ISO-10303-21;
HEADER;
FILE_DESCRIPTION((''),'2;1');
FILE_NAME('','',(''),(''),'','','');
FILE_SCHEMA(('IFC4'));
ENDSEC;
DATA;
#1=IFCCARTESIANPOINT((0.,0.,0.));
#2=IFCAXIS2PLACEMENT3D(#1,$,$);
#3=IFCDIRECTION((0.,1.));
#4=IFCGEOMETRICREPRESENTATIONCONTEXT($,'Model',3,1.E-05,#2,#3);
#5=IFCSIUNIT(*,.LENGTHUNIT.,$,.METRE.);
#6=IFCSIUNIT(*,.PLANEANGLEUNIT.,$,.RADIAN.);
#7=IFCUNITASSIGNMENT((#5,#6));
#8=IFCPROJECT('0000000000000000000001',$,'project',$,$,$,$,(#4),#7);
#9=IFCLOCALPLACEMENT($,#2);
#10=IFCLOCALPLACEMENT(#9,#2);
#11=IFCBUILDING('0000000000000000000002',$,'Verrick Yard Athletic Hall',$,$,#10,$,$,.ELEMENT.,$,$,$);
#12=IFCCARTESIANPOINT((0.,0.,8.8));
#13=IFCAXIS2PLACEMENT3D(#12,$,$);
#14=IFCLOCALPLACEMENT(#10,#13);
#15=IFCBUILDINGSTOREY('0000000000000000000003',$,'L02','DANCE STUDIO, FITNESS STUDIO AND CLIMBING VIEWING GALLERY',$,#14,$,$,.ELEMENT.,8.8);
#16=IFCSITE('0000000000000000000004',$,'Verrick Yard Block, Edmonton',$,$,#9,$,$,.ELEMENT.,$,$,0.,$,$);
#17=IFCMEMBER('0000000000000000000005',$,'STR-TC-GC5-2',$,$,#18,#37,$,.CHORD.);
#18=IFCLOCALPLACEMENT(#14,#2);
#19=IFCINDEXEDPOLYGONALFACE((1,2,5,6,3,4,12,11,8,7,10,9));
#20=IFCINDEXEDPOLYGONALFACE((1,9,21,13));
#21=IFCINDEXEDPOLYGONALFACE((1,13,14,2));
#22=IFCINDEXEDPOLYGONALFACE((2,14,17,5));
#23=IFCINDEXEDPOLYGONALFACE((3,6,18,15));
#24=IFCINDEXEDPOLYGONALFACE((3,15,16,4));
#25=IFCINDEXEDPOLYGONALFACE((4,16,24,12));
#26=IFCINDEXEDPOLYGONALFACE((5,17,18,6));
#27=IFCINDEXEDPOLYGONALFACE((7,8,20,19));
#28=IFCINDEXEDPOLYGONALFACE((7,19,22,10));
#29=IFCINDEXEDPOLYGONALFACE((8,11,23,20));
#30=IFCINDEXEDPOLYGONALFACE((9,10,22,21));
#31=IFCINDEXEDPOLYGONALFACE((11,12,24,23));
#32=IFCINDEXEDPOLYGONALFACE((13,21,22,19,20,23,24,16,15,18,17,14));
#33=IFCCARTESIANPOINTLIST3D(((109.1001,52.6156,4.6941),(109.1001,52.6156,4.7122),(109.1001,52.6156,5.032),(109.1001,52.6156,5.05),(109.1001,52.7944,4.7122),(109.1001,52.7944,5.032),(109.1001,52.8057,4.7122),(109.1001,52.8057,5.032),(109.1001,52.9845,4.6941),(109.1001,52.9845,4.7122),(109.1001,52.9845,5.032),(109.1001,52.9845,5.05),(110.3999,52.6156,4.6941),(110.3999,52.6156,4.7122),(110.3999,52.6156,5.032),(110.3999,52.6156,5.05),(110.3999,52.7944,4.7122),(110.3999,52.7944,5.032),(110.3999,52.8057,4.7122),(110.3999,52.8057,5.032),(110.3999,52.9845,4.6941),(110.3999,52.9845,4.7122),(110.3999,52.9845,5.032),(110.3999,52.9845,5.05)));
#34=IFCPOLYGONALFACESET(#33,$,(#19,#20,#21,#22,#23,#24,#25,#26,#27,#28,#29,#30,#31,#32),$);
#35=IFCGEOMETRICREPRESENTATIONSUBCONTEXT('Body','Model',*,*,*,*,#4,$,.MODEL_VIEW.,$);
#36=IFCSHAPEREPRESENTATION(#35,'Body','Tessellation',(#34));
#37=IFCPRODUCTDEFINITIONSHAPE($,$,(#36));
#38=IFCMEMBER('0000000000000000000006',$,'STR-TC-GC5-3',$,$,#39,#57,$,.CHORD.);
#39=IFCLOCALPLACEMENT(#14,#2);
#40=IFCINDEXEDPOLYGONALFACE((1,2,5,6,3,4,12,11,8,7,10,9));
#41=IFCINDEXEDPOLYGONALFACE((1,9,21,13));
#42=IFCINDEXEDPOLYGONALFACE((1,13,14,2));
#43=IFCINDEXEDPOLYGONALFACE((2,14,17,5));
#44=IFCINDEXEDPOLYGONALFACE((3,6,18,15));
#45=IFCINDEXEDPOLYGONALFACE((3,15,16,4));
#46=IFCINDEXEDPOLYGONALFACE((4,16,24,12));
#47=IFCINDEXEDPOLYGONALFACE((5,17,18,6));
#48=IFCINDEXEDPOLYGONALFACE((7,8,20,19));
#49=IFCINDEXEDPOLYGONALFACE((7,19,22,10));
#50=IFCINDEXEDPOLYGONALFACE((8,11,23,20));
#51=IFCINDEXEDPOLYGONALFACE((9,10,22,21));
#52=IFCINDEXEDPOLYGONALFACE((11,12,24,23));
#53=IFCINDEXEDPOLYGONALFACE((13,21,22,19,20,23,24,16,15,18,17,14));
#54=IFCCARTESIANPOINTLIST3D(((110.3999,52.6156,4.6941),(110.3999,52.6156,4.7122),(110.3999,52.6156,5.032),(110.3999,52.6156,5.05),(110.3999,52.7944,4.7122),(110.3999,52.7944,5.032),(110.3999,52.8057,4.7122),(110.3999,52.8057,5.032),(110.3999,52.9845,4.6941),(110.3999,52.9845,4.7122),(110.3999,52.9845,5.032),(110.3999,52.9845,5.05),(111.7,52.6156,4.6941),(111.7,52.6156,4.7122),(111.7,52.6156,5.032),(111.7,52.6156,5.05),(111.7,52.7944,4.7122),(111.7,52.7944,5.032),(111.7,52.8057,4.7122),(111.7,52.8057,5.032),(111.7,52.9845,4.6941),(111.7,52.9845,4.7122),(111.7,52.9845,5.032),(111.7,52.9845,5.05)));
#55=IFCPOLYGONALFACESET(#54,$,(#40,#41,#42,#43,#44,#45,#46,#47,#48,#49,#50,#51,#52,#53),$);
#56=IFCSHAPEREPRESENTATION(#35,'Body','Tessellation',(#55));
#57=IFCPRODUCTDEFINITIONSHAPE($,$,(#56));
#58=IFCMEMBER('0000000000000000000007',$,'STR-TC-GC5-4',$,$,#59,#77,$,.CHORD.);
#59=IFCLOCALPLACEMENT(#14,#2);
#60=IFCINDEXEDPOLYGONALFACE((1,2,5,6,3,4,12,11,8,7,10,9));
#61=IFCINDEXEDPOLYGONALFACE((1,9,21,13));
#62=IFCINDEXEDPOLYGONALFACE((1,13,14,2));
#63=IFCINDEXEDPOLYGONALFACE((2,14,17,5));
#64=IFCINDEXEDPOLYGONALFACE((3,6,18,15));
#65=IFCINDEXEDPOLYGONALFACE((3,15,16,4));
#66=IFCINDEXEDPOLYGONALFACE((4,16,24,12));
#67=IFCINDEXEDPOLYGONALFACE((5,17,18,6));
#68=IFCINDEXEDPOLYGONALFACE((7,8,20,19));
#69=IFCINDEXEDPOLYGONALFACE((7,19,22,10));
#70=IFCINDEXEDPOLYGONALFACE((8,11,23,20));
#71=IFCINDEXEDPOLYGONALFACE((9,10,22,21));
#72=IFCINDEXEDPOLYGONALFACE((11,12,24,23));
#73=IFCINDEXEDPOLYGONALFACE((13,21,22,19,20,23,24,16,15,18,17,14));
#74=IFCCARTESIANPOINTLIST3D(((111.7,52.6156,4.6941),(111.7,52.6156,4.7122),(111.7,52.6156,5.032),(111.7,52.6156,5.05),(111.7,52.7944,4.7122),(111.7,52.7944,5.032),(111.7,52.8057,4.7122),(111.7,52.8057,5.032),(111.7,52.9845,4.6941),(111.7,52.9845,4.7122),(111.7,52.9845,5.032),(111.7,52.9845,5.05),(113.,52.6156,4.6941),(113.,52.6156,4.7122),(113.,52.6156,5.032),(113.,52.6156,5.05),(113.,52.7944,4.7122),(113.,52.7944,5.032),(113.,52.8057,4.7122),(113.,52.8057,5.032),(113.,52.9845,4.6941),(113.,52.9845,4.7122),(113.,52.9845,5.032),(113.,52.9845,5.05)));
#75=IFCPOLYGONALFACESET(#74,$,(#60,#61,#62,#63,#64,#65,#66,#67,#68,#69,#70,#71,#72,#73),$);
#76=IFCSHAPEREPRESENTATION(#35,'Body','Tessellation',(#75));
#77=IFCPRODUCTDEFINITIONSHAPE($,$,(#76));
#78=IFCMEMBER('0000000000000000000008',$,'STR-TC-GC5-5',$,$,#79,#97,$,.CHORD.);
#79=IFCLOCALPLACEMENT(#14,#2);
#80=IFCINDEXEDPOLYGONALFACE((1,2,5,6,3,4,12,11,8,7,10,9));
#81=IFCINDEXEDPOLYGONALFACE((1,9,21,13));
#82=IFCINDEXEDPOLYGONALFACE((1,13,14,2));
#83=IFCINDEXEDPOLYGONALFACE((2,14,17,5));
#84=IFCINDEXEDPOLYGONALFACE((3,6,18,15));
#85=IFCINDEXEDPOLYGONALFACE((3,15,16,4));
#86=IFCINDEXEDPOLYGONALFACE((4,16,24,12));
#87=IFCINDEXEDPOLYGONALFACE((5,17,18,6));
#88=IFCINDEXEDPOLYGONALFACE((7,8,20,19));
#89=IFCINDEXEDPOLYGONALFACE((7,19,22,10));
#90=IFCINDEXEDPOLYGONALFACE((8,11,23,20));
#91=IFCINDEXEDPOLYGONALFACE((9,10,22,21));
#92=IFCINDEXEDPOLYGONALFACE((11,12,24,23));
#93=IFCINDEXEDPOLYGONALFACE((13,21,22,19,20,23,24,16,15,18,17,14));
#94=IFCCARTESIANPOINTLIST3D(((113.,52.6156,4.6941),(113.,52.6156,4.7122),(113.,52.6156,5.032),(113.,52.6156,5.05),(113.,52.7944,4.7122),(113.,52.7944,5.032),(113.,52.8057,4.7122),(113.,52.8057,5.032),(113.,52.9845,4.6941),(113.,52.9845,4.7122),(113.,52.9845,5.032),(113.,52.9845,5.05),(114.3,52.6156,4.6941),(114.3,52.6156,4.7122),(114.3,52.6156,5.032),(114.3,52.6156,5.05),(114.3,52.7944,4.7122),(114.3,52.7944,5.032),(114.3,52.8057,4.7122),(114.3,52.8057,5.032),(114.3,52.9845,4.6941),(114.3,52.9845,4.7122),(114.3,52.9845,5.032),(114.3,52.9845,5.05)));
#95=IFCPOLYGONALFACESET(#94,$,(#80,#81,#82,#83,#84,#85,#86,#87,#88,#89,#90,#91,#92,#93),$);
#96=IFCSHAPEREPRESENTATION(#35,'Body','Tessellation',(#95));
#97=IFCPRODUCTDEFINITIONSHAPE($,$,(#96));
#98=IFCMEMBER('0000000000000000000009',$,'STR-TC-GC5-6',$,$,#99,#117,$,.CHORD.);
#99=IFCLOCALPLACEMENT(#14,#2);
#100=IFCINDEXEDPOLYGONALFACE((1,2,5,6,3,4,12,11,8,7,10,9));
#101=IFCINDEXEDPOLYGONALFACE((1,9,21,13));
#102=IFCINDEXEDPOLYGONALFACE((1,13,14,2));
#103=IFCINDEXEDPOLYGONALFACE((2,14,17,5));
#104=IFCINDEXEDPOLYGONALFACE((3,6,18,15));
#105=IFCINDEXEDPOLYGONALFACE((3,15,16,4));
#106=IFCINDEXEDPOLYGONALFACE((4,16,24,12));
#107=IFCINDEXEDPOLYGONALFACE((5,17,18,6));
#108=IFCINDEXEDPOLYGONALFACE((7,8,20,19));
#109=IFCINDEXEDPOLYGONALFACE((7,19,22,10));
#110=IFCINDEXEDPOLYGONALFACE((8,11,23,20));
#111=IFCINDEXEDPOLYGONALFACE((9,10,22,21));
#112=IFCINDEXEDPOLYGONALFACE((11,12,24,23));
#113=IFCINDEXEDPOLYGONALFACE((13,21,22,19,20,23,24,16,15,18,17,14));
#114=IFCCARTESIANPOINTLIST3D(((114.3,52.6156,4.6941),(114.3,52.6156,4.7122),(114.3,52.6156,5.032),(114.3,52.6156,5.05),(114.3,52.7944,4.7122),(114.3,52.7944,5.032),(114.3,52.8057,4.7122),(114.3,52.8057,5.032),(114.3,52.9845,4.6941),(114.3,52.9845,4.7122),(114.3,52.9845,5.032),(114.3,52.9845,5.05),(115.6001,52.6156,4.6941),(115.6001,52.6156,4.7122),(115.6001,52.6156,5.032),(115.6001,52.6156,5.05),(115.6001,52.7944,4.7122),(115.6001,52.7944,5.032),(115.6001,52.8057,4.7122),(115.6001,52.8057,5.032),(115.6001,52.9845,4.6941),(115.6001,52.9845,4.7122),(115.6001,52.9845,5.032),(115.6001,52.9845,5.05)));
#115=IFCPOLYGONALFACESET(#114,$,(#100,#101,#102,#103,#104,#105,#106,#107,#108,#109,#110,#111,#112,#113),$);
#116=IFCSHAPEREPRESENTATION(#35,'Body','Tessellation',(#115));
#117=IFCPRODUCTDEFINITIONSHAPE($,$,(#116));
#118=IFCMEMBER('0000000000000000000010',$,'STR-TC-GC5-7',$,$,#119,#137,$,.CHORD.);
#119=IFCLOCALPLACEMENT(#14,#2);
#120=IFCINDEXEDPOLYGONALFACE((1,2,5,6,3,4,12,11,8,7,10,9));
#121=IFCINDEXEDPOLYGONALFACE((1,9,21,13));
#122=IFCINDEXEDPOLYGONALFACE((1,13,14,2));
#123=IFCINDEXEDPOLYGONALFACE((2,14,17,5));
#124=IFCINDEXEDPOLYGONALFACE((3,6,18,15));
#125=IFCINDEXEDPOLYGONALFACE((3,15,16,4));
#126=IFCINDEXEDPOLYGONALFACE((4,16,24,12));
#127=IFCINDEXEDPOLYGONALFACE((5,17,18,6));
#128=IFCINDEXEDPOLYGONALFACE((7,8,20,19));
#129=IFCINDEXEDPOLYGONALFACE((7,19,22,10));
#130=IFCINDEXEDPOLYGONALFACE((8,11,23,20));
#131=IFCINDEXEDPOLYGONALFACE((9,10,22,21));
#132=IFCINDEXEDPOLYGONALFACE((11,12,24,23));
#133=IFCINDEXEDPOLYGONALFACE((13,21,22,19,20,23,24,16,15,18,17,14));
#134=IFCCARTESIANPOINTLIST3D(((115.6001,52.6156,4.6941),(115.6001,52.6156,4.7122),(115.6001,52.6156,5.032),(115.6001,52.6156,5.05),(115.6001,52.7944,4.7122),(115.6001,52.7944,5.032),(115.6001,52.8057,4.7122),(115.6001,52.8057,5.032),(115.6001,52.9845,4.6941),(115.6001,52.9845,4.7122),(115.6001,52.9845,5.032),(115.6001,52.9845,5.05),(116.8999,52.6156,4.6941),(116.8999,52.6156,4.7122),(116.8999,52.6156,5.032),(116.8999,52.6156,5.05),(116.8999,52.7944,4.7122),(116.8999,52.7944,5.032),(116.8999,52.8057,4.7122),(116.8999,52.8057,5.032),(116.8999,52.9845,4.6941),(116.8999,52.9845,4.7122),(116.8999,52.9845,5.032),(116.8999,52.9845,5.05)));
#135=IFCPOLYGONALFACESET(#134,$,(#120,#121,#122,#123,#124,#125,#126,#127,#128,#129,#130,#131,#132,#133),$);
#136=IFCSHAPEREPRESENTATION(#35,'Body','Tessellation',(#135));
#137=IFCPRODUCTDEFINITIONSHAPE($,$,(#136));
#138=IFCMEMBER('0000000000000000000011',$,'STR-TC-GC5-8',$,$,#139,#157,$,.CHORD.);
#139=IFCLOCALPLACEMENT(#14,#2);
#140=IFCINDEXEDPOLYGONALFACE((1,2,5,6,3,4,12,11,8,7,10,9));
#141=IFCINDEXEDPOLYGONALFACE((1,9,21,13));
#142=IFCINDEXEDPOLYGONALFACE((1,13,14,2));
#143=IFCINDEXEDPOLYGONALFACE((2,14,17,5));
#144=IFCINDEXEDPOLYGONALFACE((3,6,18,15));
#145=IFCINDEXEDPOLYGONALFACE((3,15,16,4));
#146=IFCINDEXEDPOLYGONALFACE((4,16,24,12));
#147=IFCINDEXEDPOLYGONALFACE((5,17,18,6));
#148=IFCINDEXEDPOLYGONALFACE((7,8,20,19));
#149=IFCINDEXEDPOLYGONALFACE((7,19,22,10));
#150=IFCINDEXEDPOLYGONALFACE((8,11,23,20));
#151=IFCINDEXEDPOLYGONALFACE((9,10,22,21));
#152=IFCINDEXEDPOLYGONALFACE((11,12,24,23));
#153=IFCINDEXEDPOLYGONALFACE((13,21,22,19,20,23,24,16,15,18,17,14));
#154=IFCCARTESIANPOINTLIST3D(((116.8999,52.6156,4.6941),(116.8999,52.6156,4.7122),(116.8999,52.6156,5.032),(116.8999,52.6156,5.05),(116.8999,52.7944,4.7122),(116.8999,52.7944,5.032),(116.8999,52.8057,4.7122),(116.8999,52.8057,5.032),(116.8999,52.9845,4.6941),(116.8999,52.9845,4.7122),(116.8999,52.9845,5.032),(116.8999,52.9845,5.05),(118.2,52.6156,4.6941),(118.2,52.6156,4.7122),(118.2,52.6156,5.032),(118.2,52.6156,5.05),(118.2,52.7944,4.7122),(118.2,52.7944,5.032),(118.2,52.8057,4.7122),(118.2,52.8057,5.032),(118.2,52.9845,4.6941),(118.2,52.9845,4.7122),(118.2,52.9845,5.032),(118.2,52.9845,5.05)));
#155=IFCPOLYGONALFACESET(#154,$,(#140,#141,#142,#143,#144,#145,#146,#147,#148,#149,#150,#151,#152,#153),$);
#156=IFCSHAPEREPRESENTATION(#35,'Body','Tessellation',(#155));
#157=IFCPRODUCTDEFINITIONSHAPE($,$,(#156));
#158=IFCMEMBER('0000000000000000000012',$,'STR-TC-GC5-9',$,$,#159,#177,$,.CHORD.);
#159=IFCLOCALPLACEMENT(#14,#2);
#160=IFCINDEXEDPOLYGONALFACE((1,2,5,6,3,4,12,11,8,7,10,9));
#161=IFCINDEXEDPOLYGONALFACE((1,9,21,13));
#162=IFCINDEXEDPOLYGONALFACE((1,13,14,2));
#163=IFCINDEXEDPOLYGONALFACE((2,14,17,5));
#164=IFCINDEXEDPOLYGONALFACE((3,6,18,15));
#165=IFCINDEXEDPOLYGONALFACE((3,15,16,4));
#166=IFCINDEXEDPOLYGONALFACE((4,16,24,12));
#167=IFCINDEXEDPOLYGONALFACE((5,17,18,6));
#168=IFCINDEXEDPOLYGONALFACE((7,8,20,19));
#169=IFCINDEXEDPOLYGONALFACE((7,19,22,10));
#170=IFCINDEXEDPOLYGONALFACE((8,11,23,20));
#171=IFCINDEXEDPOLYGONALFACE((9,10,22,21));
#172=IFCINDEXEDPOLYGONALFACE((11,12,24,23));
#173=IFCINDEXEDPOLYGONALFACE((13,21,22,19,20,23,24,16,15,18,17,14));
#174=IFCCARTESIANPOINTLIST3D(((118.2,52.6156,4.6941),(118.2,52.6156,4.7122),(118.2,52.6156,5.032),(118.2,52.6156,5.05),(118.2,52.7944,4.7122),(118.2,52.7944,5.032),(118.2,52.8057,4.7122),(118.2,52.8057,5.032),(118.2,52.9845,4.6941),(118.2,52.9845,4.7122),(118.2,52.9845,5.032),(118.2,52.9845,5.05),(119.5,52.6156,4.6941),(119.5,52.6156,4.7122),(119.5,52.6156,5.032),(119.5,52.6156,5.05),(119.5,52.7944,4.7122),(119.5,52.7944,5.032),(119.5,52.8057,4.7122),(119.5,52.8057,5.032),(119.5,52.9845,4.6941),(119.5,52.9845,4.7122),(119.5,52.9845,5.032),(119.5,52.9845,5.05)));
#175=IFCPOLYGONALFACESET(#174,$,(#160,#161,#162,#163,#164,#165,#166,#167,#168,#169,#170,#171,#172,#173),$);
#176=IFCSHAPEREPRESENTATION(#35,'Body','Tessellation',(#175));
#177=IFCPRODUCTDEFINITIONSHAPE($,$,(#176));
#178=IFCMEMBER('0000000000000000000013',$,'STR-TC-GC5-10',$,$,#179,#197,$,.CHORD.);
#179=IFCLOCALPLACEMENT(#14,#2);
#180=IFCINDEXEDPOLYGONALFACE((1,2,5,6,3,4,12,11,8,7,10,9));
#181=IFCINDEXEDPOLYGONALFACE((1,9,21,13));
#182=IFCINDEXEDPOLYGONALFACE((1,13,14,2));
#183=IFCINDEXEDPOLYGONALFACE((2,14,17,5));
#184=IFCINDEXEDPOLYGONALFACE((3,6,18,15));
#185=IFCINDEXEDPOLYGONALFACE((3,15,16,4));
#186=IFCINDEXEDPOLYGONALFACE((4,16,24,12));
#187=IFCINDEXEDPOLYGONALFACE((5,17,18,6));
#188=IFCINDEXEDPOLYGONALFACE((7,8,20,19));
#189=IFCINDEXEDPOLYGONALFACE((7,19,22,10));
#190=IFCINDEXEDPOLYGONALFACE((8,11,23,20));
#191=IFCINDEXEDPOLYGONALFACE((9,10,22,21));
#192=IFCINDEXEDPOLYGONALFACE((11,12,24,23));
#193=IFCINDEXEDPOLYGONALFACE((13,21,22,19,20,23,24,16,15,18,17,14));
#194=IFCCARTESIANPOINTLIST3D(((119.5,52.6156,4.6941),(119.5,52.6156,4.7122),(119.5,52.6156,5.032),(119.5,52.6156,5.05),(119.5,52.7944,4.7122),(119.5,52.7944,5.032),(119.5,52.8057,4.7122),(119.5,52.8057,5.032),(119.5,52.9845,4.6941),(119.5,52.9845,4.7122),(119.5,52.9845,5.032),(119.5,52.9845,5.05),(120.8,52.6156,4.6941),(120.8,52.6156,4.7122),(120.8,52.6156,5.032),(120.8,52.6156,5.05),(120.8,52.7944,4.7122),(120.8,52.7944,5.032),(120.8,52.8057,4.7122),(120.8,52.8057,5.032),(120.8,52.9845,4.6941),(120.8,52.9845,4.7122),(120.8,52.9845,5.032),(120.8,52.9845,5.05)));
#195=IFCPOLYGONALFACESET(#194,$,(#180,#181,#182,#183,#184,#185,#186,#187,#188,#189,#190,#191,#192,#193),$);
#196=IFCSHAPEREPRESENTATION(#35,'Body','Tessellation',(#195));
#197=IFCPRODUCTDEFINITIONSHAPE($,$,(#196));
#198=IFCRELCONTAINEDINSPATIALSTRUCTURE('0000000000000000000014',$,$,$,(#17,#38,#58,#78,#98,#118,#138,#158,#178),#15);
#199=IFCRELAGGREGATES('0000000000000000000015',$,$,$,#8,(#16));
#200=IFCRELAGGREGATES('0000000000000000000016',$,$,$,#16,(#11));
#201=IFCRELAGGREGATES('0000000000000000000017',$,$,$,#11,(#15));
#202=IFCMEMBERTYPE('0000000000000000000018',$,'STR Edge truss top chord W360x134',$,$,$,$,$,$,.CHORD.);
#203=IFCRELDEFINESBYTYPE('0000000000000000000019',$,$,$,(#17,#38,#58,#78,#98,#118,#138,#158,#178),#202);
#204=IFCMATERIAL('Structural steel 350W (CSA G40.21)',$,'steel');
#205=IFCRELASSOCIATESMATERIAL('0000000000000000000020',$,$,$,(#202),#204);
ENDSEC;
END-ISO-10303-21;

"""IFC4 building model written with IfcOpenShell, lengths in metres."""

from ifc_helpers import new_model, si_unit, direction, frame, origin, origin_2d, place, context, subcontext, project, spatial, i_section, extrude, material, material_profile, profile_set, type_object, element, save


model = new_model("IFC4")

# Units and contexts
model_context = context("Model", 3, precision=1e-05, world=origin(), true_north=direction((0.0, 1.0)))
body_context = subcontext(model_context, "Body", "Model", "MODEL_VIEW")
ifc_project = project(units=[si_unit("LENGTHUNIT", "METRE"), si_unit("PLANEANGLEUNIT", "RADIAN")], contexts=[model_context])

# Site, building, storey
site_placement = place(None, origin())
site = spatial("IfcSite", under=ifc_project, at=site_placement, Name="Verrick Yard Block, Edmonton", CompositionType="ELEMENT", RefElevation=0.0)
building_placement = place(site_placement, origin())
building = spatial("IfcBuilding", under=site, at=building_placement, Name="Verrick Yard Athletic Hall", CompositionType="ELEMENT")
storey_placement = place(building_placement, frame((0.0, 0.0, 8.8)))
storey = spatial("IfcBuildingStorey", under=building, at=storey_placement, Name="L02", Description="DANCE STUDIO, FITNESS STUDIO AND CLIMBING VIEWING GALLERY", CompositionType="ELEMENT", Elevation=8.8)

# Members
ifc_material_1 = material(Name="Structural steel 350W (CSA G40.21)", Category="steel")
ifc_material_profile_1 = material_profile(ifc_material_1, i_section(OverallWidth=0.3689, OverallDepth=0.356, WebThickness=0.0112, FlangeThickness=0.0181, at=origin_2d()), Name="W360x134")
ifc_profile_set_1 = profile_set([ifc_material_profile_1], Name="Structural steel 350W (CSA G40.21)")
member_type_1 = type_object("IfcMemberType", Name="STR Edge truss top chord W360x134", PredefinedType="CHORD", material=ifc_profile_set_1)
member_1_placement = place(storey_placement, frame((109.1001, 52.8, 4.8721), z_axis=(1.0, 0.0, 0.0), x_axis=(0.0, 1.0, 0.0)))
element("IfcMember", 1, at=member_1_placement, inside=storey, type_object=member_type_1, Name="STR-TC-GC5-2", PredefinedType="CHORD", context=body_context, shape_type="SweptSolid", body=[
    extrude(i_section(OverallWidth=0.3689, OverallDepth=0.356, WebThickness=0.0112, FlangeThickness=0.0181, at=origin_2d()), origin(), (0.0, 0.0, 1.0), 1.2998),
])
for number, where, z_axis, x_axis, name in (
    (2, (110.3999, 52.8, 4.8721), (1.0, 0.0, 0.0), (0.0, 1.0, 0.0), "STR-TC-GC5-3"),
    (3, (111.7, 52.8, 4.8721), (1.0, 0.0, 0.0), (0.0, 1.0, 0.0), "STR-TC-GC5-4"),
    (4, (113.0, 52.8, 4.8721), (1.0, 0.0, 0.0), (0.0, 1.0, 0.0), "STR-TC-GC5-5"),
    (5, (114.3, 52.8, 4.8721), (1.0, 0.0, 0.0), (0.0, 1.0, 0.0), "STR-TC-GC5-6"),
):
    element("IfcMember", number, at=place(storey_placement, frame(where, z_axis=z_axis, x_axis=x_axis)), inside=storey, type_object=member_type_1, Name=name, PredefinedType="CHORD", context=body_context, shape_type="SweptSolid", body=[
        extrude(i_section(OverallWidth=0.3689, OverallDepth=0.356, WebThickness=0.0112, FlangeThickness=0.0181, at=origin_2d()), origin(), (0.0, 0.0, 1.0), 1.3),
    ])
member_2_placement = place(storey_placement, frame((115.6001, 52.8, 4.8721), z_axis=(1.0, 0.0, 0.0), x_axis=(0.0, 1.0, 0.0)))
element("IfcMember", 6, at=member_2_placement, inside=storey, type_object=member_type_1, Name="STR-TC-GC5-7", PredefinedType="CHORD", context=body_context, shape_type="SweptSolid", body=[
    extrude(i_section(OverallWidth=0.3689, OverallDepth=0.356, WebThickness=0.0112, FlangeThickness=0.0181, at=origin_2d()), origin(), (0.0, 0.0, 1.0), 1.2998),
])
for number, where, z_axis, x_axis, name in (
    (7, (116.8999, 52.8, 4.8721), (1.0, 0.0, 0.0), (0.0, 1.0, 0.0), "STR-TC-GC5-8"),
    (8, (118.2, 52.8, 4.8721), (1.0, 0.0, 0.0), (0.0, 1.0, 0.0), "STR-TC-GC5-9"),
    (9, (119.5, 52.8, 4.8721), (1.0, 0.0, 0.0), (0.0, 1.0, 0.0), "STR-TC-GC5-10"),
):
    element("IfcMember", number, at=place(storey_placement, frame(where, z_axis=z_axis, x_axis=x_axis)), inside=storey, type_object=member_type_1, Name=name, PredefinedType="CHORD", context=body_context, shape_type="SweptSolid", body=[
        extrude(i_section(OverallWidth=0.3689, OverallDepth=0.356, WebThickness=0.0112, FlangeThickness=0.0181, at=origin_2d()), origin(), (0.0, 0.0, 1.0), 1.3),
    ])

save(model, "model.ifc")
